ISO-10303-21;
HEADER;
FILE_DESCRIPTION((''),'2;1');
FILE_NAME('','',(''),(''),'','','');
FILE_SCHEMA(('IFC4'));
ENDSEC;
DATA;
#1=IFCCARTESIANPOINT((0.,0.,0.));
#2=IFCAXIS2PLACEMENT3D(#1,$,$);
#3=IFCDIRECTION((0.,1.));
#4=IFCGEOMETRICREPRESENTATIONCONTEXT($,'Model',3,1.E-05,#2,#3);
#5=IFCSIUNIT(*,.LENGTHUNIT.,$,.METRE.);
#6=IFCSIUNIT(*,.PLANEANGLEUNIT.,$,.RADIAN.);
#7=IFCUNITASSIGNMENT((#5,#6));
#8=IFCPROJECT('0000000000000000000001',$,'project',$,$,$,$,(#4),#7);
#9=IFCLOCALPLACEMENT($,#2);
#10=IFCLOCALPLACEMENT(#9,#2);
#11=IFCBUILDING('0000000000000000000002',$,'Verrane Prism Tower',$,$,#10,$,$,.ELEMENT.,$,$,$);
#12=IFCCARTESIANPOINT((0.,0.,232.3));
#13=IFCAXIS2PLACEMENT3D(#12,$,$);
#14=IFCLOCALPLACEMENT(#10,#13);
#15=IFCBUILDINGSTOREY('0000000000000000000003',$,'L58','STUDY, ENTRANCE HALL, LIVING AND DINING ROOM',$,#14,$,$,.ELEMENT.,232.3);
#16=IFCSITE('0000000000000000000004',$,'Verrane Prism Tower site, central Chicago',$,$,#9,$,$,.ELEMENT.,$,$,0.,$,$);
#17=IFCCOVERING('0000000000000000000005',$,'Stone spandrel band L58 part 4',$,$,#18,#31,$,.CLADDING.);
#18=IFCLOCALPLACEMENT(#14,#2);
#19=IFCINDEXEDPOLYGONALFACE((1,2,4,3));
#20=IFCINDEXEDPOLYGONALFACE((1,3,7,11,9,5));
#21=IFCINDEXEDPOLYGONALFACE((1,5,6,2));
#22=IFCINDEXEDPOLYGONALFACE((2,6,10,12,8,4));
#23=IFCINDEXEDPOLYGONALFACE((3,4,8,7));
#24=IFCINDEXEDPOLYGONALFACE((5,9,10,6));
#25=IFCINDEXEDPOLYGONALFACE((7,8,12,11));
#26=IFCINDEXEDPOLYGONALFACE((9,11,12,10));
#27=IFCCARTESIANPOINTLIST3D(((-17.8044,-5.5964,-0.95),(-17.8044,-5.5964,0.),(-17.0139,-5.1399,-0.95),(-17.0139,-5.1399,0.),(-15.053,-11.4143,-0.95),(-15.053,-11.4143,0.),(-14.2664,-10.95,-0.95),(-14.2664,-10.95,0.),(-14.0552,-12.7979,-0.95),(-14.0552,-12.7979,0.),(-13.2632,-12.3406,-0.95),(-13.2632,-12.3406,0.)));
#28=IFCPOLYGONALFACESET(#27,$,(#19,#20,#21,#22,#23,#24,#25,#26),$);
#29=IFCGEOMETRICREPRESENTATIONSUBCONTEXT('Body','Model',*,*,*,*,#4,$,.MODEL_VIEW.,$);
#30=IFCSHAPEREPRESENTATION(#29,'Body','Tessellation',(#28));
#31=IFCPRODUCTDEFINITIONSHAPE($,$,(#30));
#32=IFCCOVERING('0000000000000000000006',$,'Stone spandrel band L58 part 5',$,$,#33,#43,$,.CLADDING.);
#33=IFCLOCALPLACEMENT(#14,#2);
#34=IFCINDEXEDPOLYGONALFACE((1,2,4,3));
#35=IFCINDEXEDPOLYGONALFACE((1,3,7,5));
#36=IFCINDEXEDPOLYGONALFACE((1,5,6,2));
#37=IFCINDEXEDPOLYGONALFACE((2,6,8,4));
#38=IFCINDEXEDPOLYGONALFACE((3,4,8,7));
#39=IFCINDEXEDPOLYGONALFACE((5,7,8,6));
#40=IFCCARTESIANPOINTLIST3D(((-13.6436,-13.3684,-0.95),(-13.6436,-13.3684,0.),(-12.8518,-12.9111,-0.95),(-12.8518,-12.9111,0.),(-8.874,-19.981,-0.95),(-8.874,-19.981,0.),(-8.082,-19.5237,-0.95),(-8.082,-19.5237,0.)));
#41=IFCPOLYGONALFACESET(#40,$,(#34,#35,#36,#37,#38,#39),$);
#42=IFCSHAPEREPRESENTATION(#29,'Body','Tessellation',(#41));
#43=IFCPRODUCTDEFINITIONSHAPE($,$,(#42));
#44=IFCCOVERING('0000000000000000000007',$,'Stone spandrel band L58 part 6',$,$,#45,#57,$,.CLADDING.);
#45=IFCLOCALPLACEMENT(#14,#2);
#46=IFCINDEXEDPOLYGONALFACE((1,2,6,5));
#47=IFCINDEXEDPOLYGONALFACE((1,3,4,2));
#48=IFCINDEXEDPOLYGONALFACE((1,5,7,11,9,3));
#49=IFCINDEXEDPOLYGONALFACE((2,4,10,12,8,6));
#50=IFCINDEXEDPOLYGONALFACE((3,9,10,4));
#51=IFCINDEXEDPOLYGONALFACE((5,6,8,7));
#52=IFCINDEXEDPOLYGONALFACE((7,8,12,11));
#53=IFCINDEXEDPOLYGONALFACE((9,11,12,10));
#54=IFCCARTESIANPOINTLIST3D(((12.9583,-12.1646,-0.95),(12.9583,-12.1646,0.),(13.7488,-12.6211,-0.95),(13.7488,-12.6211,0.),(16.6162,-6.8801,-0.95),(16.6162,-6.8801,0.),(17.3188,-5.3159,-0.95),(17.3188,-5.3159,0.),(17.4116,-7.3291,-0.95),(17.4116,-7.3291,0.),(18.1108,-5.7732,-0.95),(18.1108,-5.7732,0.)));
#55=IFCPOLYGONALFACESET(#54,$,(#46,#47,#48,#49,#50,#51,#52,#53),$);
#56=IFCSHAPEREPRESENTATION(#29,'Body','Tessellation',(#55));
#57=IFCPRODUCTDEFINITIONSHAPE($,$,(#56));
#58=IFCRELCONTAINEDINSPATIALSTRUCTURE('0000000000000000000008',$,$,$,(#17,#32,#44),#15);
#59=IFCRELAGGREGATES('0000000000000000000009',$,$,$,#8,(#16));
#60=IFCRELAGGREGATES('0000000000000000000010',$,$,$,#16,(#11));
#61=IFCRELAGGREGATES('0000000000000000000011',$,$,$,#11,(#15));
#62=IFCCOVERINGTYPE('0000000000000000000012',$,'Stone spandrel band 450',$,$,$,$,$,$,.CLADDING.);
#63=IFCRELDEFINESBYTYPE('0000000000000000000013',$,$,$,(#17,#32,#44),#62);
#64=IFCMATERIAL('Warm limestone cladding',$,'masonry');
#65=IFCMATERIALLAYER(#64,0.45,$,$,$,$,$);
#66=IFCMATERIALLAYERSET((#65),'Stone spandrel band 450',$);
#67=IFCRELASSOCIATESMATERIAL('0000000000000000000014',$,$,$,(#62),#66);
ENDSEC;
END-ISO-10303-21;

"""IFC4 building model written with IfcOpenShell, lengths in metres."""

from ifc_helpers import new_model, si_unit, direction, frame, origin, place, context, subcontext, project, spatial, polyline, outline, extrude, material, layer, layer_set, type_object, element, save


model = new_model("IFC4")

# Units and contexts
model_context = context("Model", 3, precision=1e-05, world=origin(), true_north=direction((0.0, 1.0)))
body_context = subcontext(model_context, "Body", "Model", "MODEL_VIEW")
ifc_project = project(units=[si_unit("LENGTHUNIT", "METRE"), si_unit("PLANEANGLEUNIT", "RADIAN")], contexts=[model_context])

# Site, building, storey
site_placement = place(None, origin())
site = spatial("IfcSite", under=ifc_project, at=site_placement, Name="Verrane Prism Tower site, central Chicago", CompositionType="ELEMENT", RefElevation=0.0)
building_placement = place(site_placement, origin())
building = spatial("IfcBuilding", under=site, at=building_placement, Name="Verrane Prism Tower", CompositionType="ELEMENT")
storey_placement = place(building_placement, frame((0.0, 0.0, 232.3)))
storey = spatial("IfcBuildingStorey", under=building, at=storey_placement, Name="L58", Description="STUDY, ENTRANCE HALL, LIVING AND DINING ROOM", CompositionType="ELEMENT", Elevation=232.3)

# Coverings
ifc_material_1 = material(Name="Warm limestone cladding", Category="masonry")
ifc_layer_1 = layer(ifc_material_1, 0.45)
ifc_layer_set_1 = layer_set([ifc_layer_1], Name="Stone spandrel band 450")
covering_type = type_object("IfcCoveringType", Name="Stone spandrel band 450", PredefinedType="CLADDING", material=ifc_layer_set_1)
covering_1_placement = place(storey_placement, frame((0.0, 0.0, -0.95)))
element("IfcCovering", 1, at=covering_1_placement, inside=storey, type_object=covering_type, Name="Stone spandrel band L58 part 4", PredefinedType="CLADDING", context=body_context, shape_type="SweptSolid", body=[
    extrude(outline(polyline([(-14.0552, -12.7979), (-13.2632, -12.3406), (-14.2664, -10.95), (-17.0139, -5.1399), (-17.8044, -5.5964), (-15.053, -11.4143), (-14.0552, -12.7979)])), origin(), (0.0, 0.0, 1.0), 0.95),
])
covering_2_placement = place(storey_placement, frame((0.0, 0.0, -0.95)))
element("IfcCovering", 2, at=covering_2_placement, inside=storey, type_object=covering_type, Name="Stone spandrel band L58 part 5", PredefinedType="CLADDING", context=body_context, shape_type="SweptSolid", body=[
    extrude(outline(polyline([(-8.874, -19.981), (-8.082, -19.5237), (-12.8518, -12.9111), (-13.6436, -13.3684), (-8.874, -19.981)])), origin(), (0.0, 0.0, 1.0), 0.95),
])
covering_3_placement = place(storey_placement, frame((0.0, 0.0, -0.95)))
element("IfcCovering", 3, at=covering_3_placement, inside=storey, type_object=covering_type, Name="Stone spandrel band L58 part 6", PredefinedType="CLADDING", context=body_context, shape_type="SweptSolid", body=[
    extrude(outline(polyline([(18.1108, -5.7732), (17.3188, -5.3159), (16.6162, -6.8801), (12.9583, -12.1646), (13.7488, -12.6211), (17.4116, -7.3291), (18.1108, -5.7732)])), origin(), (0.0, 0.0, 1.0), 0.95),
])

save(model, "model.ifc")
